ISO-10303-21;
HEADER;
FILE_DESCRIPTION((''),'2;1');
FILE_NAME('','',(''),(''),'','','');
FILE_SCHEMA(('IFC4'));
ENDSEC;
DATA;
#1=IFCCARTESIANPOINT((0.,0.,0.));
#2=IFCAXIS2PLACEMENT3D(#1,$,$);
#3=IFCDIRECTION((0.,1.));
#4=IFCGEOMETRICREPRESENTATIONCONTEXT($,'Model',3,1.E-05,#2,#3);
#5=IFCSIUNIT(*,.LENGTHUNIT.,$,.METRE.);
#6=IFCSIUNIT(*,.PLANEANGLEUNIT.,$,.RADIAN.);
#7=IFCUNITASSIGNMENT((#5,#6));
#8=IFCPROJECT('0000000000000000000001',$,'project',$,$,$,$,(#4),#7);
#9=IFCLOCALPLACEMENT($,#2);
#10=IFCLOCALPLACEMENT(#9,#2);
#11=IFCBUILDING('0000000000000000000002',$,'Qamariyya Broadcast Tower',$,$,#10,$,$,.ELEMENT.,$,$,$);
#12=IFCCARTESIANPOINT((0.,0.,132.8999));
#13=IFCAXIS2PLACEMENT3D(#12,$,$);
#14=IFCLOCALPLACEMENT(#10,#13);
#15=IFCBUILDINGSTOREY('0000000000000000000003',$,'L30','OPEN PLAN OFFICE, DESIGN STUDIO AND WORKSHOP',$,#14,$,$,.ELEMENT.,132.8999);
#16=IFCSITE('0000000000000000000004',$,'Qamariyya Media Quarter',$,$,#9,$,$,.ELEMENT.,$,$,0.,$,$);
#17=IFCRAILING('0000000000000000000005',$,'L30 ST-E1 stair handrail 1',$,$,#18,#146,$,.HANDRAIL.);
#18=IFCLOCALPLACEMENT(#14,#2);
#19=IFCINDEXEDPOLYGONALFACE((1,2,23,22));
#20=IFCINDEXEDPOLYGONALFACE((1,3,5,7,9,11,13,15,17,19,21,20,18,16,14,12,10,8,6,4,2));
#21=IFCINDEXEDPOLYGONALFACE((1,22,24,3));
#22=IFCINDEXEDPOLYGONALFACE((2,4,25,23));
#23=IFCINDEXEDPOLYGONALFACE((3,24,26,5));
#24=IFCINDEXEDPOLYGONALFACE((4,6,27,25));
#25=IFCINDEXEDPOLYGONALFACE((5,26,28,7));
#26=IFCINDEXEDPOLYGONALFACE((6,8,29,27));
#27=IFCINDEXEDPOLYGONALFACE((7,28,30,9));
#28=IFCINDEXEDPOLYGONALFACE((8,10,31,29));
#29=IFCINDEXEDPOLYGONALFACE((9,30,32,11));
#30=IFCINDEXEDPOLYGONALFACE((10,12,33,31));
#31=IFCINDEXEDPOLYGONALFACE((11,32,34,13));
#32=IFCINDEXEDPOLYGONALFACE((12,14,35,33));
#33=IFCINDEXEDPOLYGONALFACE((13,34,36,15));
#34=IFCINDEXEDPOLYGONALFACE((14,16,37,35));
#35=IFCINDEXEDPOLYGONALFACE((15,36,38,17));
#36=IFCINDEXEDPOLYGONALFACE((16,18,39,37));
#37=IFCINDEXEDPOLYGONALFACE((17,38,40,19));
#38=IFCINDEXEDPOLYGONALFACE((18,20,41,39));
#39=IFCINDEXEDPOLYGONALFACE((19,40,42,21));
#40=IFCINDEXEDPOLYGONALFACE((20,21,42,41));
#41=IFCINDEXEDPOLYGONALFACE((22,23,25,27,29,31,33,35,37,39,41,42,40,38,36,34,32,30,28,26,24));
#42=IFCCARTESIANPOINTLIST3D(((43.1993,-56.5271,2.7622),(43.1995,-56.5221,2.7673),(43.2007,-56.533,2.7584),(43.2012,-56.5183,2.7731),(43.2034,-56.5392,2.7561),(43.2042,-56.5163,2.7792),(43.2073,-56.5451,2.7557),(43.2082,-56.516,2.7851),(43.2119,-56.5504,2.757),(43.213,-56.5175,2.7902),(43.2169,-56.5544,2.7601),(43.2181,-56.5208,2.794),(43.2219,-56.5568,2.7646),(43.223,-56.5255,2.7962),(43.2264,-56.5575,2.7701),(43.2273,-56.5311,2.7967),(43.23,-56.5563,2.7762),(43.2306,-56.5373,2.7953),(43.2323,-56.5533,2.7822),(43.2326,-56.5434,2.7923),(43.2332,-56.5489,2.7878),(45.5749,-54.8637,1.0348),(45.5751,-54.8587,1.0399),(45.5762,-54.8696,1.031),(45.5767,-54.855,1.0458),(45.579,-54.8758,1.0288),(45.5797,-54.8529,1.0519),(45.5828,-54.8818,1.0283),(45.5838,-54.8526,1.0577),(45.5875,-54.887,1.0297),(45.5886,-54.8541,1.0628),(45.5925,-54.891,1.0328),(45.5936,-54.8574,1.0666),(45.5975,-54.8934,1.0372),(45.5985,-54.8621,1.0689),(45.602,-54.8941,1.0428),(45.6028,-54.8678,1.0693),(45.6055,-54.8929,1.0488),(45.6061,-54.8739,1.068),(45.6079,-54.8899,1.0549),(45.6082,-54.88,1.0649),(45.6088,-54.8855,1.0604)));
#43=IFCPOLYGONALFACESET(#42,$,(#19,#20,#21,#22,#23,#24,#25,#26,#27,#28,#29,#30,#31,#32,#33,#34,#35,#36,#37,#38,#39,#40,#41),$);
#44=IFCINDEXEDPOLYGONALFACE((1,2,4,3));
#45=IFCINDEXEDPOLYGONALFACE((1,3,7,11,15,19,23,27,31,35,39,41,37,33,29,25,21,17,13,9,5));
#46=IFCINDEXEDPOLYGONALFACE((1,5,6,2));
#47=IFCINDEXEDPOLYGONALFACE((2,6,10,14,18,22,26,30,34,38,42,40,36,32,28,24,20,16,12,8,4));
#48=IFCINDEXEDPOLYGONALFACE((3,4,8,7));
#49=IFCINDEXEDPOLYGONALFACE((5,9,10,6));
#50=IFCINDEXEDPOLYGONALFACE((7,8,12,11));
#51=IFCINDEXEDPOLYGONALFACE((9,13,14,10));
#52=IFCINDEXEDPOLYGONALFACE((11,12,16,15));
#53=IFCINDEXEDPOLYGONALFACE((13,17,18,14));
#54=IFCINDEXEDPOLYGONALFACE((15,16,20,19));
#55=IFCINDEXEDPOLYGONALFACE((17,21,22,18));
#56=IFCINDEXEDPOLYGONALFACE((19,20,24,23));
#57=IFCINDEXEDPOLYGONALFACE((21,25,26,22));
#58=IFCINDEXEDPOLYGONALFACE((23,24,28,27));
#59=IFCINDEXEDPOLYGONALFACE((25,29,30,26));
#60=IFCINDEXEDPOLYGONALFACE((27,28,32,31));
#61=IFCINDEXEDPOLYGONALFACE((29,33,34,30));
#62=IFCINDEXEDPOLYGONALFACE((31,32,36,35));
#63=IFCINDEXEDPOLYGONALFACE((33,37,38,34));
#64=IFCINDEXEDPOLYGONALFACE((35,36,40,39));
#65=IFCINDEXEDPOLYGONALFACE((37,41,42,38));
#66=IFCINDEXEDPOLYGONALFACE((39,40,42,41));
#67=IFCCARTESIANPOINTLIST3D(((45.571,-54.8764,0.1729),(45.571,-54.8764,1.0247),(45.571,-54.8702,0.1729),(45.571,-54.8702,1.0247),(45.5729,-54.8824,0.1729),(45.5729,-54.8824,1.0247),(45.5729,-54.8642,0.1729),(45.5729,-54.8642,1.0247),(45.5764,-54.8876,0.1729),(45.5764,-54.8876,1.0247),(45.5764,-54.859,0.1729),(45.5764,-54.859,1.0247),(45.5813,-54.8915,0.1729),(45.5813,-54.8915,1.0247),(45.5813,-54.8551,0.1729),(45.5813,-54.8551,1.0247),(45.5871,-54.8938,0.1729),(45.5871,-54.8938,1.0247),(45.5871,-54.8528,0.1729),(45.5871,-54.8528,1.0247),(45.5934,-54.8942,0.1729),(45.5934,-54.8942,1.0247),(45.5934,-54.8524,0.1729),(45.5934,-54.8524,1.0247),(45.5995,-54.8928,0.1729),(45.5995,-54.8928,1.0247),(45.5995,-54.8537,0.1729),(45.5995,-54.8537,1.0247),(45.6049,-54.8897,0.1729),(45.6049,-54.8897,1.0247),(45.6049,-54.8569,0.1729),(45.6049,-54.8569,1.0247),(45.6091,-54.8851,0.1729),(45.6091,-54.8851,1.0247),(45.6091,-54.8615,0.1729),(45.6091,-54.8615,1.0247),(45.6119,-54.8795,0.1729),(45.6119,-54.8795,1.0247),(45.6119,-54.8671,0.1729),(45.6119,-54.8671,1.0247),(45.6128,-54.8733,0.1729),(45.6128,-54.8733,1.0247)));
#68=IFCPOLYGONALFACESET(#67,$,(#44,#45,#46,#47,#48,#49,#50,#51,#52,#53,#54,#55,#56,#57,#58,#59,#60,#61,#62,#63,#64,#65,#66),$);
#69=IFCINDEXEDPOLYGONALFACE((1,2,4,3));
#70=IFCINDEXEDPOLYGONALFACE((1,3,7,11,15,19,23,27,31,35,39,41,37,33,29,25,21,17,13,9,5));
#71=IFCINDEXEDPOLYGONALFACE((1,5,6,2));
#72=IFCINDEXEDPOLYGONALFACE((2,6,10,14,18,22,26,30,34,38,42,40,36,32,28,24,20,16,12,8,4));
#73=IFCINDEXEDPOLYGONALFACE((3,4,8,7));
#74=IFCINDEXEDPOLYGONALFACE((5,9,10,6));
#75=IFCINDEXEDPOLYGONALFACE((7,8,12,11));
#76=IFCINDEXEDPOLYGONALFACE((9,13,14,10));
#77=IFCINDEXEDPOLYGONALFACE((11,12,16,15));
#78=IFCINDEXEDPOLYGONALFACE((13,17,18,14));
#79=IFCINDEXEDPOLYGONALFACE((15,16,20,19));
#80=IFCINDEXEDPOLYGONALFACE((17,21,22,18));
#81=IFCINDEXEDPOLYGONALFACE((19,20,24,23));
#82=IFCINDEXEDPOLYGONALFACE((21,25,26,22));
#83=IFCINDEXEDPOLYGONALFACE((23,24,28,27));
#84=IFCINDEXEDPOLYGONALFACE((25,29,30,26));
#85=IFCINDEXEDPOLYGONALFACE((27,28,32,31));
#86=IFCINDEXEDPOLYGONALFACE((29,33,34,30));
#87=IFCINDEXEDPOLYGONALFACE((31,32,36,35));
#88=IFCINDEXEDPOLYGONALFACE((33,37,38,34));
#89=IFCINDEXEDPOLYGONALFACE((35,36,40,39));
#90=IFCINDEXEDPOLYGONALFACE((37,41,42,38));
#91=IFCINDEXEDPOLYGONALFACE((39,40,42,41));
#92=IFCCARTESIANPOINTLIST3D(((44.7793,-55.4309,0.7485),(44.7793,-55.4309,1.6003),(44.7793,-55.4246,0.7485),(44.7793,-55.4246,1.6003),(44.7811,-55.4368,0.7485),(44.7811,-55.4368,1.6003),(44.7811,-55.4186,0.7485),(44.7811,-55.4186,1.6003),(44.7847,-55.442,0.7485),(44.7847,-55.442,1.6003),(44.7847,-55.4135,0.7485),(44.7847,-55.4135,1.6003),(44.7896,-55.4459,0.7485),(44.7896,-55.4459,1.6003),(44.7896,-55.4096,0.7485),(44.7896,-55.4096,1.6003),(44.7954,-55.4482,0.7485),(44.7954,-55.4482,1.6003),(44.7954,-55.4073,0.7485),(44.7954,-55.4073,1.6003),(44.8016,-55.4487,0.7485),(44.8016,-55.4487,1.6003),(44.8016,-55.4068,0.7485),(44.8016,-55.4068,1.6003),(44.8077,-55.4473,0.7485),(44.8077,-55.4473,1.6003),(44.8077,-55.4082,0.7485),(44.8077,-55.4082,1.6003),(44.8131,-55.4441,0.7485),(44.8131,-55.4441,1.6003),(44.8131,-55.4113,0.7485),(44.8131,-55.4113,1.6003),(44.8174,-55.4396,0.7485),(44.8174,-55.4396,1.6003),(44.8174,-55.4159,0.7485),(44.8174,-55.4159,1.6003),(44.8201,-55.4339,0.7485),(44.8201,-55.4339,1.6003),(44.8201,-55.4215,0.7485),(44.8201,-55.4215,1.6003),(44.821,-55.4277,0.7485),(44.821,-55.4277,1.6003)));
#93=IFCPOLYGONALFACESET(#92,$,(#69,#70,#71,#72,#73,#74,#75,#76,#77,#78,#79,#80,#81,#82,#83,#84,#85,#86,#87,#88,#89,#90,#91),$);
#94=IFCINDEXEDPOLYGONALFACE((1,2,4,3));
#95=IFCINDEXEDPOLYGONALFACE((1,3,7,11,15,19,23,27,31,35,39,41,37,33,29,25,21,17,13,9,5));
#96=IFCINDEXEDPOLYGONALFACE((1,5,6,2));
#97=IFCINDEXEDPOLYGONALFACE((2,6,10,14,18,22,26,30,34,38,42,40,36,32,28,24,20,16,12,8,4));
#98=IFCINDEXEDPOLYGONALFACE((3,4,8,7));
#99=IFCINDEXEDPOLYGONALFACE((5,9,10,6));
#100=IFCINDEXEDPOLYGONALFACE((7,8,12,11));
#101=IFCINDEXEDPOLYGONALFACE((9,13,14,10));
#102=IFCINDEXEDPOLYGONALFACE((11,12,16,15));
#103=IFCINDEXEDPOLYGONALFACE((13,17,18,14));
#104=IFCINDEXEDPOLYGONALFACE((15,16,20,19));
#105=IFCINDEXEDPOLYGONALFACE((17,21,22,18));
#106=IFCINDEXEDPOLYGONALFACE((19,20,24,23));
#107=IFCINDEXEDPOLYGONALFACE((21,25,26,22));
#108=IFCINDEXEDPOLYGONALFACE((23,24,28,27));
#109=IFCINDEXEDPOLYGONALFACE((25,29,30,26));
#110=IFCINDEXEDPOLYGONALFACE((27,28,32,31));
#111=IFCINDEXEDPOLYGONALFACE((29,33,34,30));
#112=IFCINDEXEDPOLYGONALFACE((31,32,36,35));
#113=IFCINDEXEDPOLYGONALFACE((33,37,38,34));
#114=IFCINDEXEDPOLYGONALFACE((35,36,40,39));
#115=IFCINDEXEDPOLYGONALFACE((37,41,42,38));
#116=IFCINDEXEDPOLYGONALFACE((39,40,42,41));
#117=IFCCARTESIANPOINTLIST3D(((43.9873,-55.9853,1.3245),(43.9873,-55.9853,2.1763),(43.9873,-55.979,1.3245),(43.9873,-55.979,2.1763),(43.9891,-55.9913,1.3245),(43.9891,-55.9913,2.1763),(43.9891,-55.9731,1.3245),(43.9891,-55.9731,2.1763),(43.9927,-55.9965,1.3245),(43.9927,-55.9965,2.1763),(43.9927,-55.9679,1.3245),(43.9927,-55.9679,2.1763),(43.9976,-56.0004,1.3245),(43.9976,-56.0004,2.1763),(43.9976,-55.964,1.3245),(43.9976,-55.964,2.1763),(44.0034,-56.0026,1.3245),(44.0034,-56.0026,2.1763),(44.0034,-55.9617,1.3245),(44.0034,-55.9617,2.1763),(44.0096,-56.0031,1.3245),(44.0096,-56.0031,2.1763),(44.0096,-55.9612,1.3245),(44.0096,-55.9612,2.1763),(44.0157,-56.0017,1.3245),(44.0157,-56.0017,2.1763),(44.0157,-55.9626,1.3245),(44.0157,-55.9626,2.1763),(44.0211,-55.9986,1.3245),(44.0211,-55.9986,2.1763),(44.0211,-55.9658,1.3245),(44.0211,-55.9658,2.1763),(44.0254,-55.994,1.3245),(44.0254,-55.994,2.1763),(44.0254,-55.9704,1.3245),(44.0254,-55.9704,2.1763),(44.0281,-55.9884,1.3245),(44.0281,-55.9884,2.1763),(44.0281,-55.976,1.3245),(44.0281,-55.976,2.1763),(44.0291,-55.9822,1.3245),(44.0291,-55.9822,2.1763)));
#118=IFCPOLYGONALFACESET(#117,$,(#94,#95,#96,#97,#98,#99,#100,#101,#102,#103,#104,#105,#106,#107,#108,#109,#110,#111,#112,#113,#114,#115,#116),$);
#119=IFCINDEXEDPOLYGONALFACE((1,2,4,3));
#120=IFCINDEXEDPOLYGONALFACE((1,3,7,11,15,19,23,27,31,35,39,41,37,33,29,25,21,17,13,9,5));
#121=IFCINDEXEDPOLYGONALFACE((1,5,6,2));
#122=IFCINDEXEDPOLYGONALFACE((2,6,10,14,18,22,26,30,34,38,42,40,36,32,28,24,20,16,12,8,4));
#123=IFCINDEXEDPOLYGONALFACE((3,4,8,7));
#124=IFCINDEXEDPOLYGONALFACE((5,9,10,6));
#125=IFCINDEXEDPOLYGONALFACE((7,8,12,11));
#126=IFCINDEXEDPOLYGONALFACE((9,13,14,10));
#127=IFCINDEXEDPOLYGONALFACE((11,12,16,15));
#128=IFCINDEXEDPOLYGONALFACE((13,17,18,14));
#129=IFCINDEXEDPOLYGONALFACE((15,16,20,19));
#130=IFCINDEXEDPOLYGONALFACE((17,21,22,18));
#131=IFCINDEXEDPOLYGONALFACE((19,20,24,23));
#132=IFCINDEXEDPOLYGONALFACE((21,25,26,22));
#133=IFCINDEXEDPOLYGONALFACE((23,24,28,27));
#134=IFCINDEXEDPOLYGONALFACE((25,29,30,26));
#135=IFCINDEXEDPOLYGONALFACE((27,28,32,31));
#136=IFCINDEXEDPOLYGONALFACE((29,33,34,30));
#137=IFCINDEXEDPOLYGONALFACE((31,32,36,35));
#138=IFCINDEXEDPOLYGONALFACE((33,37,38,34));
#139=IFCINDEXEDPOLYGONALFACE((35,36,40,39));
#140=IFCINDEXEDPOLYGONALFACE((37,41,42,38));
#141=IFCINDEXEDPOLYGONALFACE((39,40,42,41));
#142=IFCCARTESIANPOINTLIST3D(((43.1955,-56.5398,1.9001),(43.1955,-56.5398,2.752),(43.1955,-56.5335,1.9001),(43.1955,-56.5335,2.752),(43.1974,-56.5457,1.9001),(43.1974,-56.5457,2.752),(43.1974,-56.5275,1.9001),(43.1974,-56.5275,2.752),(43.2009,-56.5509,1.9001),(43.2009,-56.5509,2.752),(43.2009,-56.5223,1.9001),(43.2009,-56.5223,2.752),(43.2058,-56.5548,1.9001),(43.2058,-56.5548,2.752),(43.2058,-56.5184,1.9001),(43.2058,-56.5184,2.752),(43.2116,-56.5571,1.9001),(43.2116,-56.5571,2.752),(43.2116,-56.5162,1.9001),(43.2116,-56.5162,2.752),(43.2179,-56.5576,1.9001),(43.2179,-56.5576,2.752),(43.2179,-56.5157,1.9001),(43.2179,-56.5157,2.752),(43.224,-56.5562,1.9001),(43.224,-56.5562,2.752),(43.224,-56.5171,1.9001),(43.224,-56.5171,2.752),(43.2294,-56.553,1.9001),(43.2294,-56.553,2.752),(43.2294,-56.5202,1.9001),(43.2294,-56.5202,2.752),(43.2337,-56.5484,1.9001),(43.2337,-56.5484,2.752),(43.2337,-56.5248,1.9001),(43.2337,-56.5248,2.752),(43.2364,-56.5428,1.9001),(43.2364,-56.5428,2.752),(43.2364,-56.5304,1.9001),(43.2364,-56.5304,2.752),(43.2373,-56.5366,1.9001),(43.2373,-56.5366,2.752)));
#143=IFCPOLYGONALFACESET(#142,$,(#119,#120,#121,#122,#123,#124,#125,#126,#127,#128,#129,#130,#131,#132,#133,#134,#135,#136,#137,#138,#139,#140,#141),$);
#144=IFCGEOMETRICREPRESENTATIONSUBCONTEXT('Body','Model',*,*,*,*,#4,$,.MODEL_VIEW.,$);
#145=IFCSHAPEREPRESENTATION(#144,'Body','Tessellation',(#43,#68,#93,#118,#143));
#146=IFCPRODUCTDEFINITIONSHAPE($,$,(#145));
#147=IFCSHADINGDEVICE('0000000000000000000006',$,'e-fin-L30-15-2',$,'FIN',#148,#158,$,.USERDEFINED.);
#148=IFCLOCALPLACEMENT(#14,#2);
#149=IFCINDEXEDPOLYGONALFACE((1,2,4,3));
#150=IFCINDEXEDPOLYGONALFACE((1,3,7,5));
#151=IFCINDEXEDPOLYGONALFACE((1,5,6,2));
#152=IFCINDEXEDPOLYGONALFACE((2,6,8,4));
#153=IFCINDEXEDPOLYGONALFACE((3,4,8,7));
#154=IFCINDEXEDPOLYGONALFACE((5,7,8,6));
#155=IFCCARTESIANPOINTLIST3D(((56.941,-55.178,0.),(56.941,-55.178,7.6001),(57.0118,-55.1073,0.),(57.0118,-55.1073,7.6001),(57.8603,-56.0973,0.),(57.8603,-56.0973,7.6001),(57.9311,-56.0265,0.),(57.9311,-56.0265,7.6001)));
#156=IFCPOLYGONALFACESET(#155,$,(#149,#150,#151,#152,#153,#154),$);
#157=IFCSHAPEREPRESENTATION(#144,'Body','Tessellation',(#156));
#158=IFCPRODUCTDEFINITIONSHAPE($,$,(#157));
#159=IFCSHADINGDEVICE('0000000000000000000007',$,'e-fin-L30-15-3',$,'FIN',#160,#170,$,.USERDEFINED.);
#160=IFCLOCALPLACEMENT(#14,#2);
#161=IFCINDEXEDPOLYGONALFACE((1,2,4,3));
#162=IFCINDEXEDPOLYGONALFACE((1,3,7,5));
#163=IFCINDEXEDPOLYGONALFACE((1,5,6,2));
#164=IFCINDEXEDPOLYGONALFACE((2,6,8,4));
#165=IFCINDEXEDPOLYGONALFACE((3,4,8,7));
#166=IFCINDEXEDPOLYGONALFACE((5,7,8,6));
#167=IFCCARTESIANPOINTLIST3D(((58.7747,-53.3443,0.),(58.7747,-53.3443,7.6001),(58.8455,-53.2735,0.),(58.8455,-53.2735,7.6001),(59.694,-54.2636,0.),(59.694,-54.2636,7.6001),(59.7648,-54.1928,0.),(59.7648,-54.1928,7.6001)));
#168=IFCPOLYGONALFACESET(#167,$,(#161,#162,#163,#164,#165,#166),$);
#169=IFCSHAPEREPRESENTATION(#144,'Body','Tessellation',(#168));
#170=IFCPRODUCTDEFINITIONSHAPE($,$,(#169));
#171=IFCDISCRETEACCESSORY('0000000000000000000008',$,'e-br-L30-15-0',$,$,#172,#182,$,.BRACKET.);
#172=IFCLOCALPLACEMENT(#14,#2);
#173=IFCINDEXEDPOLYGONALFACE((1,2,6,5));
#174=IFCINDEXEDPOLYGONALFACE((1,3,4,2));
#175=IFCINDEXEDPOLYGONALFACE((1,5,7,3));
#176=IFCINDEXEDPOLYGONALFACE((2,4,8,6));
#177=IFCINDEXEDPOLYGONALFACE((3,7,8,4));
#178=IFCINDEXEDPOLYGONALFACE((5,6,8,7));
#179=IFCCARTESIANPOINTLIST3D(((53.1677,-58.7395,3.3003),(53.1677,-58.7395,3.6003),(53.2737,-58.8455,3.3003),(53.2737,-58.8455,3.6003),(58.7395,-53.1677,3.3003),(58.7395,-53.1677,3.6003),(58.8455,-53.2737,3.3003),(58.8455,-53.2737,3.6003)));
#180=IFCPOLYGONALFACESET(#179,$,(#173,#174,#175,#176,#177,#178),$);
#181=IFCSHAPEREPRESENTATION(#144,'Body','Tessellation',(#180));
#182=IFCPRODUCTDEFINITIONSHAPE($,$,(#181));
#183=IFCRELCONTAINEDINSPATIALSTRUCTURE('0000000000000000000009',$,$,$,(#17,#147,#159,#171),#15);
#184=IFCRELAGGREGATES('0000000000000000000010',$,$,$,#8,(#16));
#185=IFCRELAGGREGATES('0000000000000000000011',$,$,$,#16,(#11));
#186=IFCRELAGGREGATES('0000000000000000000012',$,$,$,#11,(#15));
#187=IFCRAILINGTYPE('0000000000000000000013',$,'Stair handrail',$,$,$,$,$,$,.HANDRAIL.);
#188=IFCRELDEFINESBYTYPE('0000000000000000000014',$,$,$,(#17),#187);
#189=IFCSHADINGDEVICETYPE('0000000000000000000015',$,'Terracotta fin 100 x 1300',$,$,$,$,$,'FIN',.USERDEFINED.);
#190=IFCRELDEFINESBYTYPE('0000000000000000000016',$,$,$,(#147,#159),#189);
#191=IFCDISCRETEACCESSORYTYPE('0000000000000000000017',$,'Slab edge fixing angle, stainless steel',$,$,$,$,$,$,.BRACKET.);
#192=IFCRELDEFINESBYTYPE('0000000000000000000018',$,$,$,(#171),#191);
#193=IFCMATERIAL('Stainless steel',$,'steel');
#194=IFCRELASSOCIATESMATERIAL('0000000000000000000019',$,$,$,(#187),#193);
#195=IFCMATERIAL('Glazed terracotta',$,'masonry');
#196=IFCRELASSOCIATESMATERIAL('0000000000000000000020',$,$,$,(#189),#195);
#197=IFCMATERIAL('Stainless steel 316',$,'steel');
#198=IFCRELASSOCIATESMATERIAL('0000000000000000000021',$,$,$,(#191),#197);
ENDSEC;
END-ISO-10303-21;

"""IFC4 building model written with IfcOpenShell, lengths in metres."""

from ifc_helpers import new_model, si_unit, direction, frame, origin, origin_2d, place, context, subcontext, project, spatial, rectangle, circle, extrude, material, material_profile, profile_set, type_object, element, save


model = new_model("IFC4")

# Units and contexts
model_context = context("Model", 3, precision=1e-05, world=origin(), true_north=direction((0.0, 1.0)))
body_context = subcontext(model_context, "Body", "Model", "MODEL_VIEW")
ifc_project = project(units=[si_unit("LENGTHUNIT", "METRE"), si_unit("PLANEANGLEUNIT", "RADIAN")], contexts=[model_context])

# Site, building, storey
site_placement = place(None, origin())
site = spatial("IfcSite", under=ifc_project, at=site_placement, Name="Qamariyya Media Quarter", CompositionType="ELEMENT", RefElevation=0.0)
building_placement = place(site_placement, origin())
building = spatial("IfcBuilding", under=site, at=building_placement, Name="Qamariyya Broadcast Tower", CompositionType="ELEMENT")
storey_placement = place(building_placement, frame((0.0, 0.0, 132.8999)))
storey = spatial("IfcBuildingStorey", under=building, at=storey_placement, Name="L30", Description="OPEN PLAN OFFICE, DESIGN STUDIO AND WORKSHOP", CompositionType="ELEMENT", Elevation=132.8999)

# Railing
ifc_material_1 = material(Name="Stainless steel", Category="steel")
railing_type_1 = type_object("IfcRailingType", Name="Stair handrail", PredefinedType="HANDRAIL", material=ifc_material_1)
railing_1_placement = place(storey_placement, frame((45.5918, -54.8733, 0.1729)))
element("IfcRailing", 1, at=railing_1_placement, inside=storey, type_object=railing_type_1, Name="L30 ST-E1 stair handrail 1", PredefinedType="HANDRAIL", context=body_context, shape_type="SweptSolid", body=[
    extrude(circle(Radius=0.0239, at=origin_2d()), frame((0.0, 0.0, 0.876), z_axis=(-0.70377, -0.492784, 0.511734), x_axis=(0.573575, -0.819153, 0.0)), (0.0, 0.0, 1.0), 3.3755),
    extrude(circle(Radius=0.021, at=origin_2d()), origin(), (0.0, 0.0, 1.0), 0.8518),
    extrude(circle(Radius=0.021, at=origin_2d()), frame((-0.7917, -0.5544, 0.5757)), (0.0, 0.0, 1.0), 0.8518),
    extrude(circle(Radius=0.021, at=origin_2d()), frame((-1.5837, -1.1089, 1.1516)), (0.0, 0.0, 1.0), 0.8518),
    extrude(circle(Radius=0.021, at=origin_2d()), frame((-2.3755, -1.6633, 1.7273)), (0.0, 0.0, 1.0), 0.8518),
])

# Shading devices
ifc_material_2 = material(Name="Glazed terracotta", Category="masonry")
ifc_material_profile_1 = material_profile(ifc_material_2, rectangle(XDim=1.3, YDim=0.1001, at=origin_2d()))
ifc_profile_set_1 = profile_set([ifc_material_profile_1], Name="Glazed terracotta")
shading_device_type = type_object("IfcShadingDeviceType", Name="Terracotta fin 100 x 1300", ElementType="FIN", PredefinedType="USERDEFINED", material=ifc_profile_set_1)
for number, where, z_axis, x_axis, name in (
    (2, (57.436, -55.6023, 0.0), (0.0, 0.0, 1.0), (0.707107, -0.707107, 0.0), "e-fin-L30-15-2"),
    (3, (59.2698, -53.7686, 0.0), (0.0, 0.0, 1.0), (0.707107, -0.707107, 0.0), "e-fin-L30-15-3"),
):
    element("IfcShadingDevice", number, at=place(storey_placement, frame(where, z_axis=z_axis, x_axis=x_axis)), inside=storey, type_object=shading_device_type, Name=name, ObjectType="FIN", PredefinedType="USERDEFINED", context=body_context, shape_type="SweptSolid", body=[
        extrude(rectangle(XDim=1.3, YDim=0.1001, at=origin_2d()), origin(), (0.0, 0.0, 1.0), 7.6001),
    ])

# Discrete accessory
ifc_material_3 = material(Name="Stainless steel 316", Category="steel")
discrete_accessory_type = type_object("IfcDiscreteAccessoryType", Name="Slab edge fixing angle, stainless steel", PredefinedType="BRACKET", material=ifc_material_3)
discrete_accessory_placement = place(storey_placement, frame((56.0066, -56.0066, 3.3003), z_axis=(0.0, 0.0, 1.0), x_axis=(0.707107, 0.707107, 0.0)))
element("IfcDiscreteAccessory", 4, at=discrete_accessory_placement, inside=storey, type_object=discrete_accessory_type, Name="e-br-L30-15-0", PredefinedType="BRACKET", context=body_context, shape_type="SweptSolid", body=[
    extrude(rectangle(XDim=7.8796, YDim=0.1499, at=origin_2d()), origin(), (0.0, 0.0, 1.0), 0.3),
])

save(model, "model.ifc")
